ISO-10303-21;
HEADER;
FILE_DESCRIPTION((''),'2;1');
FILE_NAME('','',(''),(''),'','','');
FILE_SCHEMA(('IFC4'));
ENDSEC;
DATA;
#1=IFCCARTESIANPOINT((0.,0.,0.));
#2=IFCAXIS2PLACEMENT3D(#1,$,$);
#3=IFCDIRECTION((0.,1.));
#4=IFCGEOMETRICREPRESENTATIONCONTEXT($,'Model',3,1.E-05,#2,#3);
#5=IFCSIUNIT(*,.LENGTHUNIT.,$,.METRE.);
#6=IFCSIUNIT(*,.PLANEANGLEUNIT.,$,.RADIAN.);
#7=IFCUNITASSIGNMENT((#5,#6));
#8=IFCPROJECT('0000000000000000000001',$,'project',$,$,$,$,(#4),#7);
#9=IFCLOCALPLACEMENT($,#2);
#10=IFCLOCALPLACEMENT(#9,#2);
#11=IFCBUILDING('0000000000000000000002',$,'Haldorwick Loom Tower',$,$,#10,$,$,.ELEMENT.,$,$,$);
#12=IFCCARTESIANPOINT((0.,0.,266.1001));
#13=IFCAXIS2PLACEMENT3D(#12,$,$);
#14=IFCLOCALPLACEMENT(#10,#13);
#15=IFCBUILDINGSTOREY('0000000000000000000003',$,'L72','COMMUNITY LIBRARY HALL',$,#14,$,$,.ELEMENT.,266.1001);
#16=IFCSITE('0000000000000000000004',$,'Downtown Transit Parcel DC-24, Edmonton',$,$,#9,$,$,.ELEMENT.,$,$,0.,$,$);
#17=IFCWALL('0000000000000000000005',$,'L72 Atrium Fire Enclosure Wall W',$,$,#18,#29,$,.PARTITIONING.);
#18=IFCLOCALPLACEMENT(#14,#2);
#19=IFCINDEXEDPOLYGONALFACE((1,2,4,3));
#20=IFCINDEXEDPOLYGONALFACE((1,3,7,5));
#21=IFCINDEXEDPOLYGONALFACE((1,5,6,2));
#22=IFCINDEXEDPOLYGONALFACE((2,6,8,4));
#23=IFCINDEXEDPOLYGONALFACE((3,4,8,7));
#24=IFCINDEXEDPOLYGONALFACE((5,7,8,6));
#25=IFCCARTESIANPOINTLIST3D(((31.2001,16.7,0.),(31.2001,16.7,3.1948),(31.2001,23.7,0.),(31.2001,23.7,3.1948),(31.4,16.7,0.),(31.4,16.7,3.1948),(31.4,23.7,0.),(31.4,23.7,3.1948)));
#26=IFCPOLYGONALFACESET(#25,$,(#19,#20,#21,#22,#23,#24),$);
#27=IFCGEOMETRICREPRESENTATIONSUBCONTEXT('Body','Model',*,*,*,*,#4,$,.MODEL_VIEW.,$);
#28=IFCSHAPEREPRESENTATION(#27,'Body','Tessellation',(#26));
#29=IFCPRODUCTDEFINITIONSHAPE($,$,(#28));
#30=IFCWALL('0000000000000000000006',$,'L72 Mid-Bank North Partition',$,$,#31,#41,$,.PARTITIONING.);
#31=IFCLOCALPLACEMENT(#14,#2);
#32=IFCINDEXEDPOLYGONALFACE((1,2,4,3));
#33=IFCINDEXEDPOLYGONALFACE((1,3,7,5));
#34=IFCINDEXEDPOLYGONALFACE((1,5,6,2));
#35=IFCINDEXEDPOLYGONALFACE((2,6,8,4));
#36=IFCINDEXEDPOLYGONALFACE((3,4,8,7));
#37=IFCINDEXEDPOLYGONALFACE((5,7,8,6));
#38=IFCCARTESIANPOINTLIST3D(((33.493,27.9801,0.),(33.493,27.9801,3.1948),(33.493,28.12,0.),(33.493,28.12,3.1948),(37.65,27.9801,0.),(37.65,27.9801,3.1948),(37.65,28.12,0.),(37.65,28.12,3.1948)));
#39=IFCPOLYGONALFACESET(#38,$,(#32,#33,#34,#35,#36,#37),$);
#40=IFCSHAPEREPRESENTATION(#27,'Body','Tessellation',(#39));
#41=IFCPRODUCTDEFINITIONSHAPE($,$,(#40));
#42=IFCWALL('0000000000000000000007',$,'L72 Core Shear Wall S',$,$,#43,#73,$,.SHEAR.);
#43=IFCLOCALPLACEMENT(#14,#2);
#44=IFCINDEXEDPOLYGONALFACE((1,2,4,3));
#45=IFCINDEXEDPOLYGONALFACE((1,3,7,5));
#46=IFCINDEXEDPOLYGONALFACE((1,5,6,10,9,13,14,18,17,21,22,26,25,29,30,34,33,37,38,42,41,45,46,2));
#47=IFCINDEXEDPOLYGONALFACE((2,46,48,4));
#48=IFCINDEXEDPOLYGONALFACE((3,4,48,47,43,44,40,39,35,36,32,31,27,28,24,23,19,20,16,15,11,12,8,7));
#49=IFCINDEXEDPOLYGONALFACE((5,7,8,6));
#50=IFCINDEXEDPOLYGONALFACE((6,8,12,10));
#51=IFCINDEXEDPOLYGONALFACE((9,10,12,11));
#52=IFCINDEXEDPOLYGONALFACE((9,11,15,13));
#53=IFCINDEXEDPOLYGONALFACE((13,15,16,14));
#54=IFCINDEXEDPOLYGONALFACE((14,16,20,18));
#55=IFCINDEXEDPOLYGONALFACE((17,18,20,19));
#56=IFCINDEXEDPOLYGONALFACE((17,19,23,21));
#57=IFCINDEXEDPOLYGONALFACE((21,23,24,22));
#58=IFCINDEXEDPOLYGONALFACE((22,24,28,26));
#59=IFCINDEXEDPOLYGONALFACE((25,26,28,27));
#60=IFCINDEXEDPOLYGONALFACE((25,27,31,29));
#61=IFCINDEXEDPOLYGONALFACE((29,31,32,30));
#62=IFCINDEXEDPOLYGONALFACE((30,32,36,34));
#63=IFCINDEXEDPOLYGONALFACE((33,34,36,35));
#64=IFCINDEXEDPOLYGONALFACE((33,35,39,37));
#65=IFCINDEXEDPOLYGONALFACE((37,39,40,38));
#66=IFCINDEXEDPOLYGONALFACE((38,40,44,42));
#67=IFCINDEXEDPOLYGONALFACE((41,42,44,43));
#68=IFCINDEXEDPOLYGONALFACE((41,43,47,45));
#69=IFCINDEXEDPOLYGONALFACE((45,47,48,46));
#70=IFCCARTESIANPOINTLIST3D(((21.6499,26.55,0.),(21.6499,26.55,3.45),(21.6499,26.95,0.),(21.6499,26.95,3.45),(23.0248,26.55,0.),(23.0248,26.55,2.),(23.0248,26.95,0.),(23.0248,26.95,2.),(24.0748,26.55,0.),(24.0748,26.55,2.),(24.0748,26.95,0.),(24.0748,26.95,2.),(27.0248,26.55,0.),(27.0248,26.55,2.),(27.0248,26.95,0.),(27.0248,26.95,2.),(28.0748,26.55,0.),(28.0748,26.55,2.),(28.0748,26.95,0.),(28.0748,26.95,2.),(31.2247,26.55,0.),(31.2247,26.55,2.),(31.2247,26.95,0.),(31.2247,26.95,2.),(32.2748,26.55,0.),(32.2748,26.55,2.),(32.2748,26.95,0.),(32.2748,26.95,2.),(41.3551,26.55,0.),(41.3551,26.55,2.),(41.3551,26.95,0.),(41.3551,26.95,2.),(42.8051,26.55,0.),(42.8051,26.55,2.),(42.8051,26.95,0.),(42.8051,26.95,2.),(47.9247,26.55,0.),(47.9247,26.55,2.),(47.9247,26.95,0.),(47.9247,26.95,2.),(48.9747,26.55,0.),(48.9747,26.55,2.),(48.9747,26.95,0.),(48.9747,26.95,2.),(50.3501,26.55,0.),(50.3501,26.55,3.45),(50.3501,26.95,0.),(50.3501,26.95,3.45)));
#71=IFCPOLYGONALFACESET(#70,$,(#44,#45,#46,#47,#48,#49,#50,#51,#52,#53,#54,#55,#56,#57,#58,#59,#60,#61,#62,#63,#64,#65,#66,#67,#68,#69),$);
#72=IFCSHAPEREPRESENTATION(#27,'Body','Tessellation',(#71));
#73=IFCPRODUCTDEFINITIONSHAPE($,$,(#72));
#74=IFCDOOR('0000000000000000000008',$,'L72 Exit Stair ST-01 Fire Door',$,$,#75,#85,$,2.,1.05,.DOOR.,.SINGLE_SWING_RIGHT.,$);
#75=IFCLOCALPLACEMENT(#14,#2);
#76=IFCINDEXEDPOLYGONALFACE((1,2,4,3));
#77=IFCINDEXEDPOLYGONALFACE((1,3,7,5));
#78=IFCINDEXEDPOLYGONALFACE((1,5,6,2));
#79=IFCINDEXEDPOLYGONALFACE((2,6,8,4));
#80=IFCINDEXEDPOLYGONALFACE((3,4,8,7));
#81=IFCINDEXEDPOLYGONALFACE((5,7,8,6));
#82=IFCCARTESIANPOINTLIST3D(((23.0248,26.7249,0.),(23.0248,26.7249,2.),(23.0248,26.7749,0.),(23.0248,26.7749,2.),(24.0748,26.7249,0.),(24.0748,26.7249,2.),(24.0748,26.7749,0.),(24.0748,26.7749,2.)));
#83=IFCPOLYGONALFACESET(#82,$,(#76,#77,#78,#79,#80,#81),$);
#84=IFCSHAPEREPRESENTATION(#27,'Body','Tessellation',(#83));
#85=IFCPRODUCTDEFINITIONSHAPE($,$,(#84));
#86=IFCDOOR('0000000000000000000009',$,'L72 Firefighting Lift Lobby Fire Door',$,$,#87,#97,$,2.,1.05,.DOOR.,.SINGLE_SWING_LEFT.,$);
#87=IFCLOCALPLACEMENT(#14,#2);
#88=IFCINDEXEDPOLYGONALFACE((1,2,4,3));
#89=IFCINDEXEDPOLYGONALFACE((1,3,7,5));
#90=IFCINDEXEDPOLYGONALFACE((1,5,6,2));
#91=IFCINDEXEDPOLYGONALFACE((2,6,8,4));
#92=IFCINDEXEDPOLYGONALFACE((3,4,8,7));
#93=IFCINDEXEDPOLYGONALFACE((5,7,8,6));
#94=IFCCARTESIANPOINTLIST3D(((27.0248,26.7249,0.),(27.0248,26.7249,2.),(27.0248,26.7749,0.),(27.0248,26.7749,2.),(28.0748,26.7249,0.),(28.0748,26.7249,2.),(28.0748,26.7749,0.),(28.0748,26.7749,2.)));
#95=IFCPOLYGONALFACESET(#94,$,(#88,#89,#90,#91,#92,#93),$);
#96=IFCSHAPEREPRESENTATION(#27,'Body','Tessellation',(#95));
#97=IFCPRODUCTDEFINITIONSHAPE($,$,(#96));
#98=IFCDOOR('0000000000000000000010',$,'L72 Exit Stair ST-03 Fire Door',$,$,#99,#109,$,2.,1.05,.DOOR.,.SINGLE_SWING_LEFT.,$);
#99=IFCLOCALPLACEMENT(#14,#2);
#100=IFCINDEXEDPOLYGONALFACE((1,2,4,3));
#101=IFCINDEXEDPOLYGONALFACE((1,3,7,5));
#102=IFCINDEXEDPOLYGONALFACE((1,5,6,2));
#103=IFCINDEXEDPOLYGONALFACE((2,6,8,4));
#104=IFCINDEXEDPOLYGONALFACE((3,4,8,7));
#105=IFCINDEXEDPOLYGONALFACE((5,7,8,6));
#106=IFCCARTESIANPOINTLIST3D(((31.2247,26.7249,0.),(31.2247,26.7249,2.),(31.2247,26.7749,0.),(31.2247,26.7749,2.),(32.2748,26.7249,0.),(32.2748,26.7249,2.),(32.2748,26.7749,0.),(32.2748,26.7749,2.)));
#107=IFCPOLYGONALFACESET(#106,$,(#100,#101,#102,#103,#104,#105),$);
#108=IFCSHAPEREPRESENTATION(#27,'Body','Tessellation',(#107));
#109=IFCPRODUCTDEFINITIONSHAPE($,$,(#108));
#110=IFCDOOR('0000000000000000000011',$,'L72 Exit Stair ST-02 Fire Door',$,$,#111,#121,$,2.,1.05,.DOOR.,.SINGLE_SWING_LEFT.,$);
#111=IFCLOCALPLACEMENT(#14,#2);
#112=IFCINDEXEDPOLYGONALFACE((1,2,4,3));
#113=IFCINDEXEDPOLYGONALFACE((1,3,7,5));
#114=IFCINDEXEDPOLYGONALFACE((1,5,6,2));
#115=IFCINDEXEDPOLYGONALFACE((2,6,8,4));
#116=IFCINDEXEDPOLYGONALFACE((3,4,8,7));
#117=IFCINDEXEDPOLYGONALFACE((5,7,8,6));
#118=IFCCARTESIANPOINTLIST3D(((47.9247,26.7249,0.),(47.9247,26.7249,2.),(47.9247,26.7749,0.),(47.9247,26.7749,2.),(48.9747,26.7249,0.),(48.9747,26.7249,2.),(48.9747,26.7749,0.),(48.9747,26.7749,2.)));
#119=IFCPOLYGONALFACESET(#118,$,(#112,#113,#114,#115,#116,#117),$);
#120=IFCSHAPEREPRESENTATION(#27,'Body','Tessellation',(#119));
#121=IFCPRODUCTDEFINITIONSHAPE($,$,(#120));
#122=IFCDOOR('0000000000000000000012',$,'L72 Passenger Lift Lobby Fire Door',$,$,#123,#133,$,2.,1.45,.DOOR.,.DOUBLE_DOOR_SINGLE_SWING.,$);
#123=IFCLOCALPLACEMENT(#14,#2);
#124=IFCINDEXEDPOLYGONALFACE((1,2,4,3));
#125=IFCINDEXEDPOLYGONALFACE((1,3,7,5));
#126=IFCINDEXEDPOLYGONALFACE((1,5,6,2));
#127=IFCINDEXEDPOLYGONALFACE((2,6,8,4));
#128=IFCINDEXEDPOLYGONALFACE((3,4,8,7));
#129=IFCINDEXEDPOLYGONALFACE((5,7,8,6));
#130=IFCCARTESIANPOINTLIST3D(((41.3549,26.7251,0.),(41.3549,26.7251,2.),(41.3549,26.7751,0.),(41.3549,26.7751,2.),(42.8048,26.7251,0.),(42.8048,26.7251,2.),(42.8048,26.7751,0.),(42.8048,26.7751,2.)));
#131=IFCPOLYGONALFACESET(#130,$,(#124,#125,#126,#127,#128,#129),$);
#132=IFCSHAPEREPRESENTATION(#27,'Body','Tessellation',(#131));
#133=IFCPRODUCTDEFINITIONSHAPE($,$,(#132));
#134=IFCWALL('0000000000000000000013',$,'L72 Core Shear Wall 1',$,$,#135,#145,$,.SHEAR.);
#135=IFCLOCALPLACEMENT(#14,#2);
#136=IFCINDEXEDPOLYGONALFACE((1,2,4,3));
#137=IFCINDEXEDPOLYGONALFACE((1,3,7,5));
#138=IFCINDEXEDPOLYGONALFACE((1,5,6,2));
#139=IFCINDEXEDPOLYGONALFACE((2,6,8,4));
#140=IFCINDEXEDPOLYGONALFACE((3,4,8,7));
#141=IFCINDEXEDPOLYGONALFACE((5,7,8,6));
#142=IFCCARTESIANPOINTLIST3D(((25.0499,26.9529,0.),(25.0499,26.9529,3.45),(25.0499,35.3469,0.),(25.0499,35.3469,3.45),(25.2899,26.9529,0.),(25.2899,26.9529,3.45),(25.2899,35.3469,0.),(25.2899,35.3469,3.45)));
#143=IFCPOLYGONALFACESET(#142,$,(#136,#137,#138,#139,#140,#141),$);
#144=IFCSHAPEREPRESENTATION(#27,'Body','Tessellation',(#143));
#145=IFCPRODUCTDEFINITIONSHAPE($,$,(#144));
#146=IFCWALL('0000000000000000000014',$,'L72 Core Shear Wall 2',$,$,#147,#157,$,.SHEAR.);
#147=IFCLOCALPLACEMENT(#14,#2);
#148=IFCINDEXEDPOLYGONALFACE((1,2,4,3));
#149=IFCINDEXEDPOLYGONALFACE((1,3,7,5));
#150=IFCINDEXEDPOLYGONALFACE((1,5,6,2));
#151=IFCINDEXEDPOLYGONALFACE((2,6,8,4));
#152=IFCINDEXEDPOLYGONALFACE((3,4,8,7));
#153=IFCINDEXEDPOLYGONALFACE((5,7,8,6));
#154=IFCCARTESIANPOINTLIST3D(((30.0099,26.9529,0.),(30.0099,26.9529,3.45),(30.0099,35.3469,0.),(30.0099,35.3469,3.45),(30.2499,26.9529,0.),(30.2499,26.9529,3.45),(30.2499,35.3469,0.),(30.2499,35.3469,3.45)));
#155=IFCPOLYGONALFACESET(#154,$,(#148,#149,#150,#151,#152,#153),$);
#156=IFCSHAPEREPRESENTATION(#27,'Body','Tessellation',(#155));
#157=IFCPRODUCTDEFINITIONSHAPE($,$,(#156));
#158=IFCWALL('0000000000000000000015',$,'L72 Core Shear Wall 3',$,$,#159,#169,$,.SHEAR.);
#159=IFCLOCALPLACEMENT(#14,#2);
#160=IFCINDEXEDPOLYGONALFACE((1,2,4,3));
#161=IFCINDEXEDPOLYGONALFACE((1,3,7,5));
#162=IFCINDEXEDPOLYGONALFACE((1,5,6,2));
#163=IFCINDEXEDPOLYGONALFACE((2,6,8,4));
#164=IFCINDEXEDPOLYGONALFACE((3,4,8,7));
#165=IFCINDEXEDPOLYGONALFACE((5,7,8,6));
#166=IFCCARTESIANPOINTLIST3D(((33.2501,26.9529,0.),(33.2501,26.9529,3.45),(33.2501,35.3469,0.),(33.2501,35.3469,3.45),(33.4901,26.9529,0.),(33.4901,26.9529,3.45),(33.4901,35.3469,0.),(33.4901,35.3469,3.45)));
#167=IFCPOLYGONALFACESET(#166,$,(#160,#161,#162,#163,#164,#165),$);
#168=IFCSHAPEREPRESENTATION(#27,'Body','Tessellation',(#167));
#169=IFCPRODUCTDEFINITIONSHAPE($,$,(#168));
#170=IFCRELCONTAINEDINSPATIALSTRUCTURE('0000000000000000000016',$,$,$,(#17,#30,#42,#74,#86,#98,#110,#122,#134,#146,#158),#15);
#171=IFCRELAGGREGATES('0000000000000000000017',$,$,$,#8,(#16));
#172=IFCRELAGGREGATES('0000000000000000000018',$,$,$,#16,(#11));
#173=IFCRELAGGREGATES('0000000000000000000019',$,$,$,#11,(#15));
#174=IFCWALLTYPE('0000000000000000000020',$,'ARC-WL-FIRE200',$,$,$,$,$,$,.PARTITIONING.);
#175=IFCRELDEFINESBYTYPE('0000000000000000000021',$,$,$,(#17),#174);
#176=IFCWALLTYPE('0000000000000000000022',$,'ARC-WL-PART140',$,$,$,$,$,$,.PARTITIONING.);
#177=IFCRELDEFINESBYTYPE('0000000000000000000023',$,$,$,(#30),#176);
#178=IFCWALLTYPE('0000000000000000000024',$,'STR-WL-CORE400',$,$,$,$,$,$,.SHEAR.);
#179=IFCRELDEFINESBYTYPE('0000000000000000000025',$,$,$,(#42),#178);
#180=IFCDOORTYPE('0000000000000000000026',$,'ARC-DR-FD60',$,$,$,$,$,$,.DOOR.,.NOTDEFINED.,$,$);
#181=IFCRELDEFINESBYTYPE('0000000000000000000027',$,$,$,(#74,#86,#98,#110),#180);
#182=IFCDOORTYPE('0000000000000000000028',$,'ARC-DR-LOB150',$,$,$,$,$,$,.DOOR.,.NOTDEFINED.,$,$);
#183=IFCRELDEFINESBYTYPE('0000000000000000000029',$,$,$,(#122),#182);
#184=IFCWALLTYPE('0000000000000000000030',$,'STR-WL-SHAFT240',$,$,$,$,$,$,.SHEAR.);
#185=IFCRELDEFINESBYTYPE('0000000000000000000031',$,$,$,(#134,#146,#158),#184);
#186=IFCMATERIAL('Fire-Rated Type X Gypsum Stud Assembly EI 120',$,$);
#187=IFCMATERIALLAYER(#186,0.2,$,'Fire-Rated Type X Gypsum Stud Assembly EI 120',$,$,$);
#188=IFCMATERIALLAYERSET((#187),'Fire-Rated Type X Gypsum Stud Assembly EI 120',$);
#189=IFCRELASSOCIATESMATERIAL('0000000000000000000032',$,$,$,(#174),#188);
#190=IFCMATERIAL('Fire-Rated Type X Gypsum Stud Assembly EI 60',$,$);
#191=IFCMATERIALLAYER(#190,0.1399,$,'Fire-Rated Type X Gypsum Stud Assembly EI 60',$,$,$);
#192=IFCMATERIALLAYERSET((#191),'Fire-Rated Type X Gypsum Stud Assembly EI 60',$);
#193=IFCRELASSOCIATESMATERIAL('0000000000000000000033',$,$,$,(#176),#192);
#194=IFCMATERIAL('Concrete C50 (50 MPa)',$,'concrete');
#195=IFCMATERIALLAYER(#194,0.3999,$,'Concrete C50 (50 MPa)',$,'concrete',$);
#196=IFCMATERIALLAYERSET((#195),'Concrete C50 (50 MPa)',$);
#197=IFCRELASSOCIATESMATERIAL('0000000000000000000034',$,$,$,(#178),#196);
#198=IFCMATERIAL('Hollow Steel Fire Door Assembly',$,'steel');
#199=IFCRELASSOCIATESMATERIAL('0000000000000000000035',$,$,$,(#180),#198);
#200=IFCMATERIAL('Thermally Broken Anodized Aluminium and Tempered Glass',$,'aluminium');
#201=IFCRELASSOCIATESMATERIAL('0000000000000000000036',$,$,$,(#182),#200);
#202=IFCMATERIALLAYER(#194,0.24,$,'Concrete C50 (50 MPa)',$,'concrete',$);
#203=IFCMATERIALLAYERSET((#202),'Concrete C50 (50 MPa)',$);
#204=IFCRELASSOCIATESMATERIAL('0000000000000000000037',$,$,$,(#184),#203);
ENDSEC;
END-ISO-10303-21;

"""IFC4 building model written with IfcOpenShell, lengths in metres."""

from ifc_helpers import new_model, si_unit, direction, frame, frame_2d, origin, place, context, subcontext, project, spatial, rectangle, extrude, material, layer, layer_set, type_object, element, fill, save


model = new_model("IFC4")

# Units and contexts
model_context = context("Model", 3, precision=1e-05, world=origin(), true_north=direction((0.0, 1.0)))
body_context = subcontext(model_context, "Body", "Model", "MODEL_VIEW")
ifc_project = project(units=[si_unit("LENGTHUNIT", "METRE"), si_unit("PLANEANGLEUNIT", "RADIAN")], contexts=[model_context])

# Site, building, storey
site_placement = place(None, origin())
site = spatial("IfcSite", under=ifc_project, at=site_placement, Name="Downtown Transit Parcel DC-24, Edmonton", CompositionType="ELEMENT", RefElevation=0.0)
building_placement = place(site_placement, origin())
building = spatial("IfcBuilding", under=site, at=building_placement, Name="Haldorwick Loom Tower", CompositionType="ELEMENT")
storey_placement = place(building_placement, frame((0.0, 0.0, 266.1001)))
storey = spatial("IfcBuildingStorey", under=building, at=storey_placement, Name="L72", Description="COMMUNITY LIBRARY HALL", CompositionType="ELEMENT", Elevation=266.1001)

# Shared definitions
ifc_material_1 = material(Name="Concrete C50 (50 MPa)", Category="concrete")

# Walls
ifc_material_2 = material(Name="Fire-Rated Type X Gypsum Stud Assembly EI 60")
ifc_material_3 = material(Name="Fire-Rated Type X Gypsum Stud Assembly EI 120")
ifc_layer_1 = layer(ifc_material_3, 0.2, Name="Fire-Rated Type X Gypsum Stud Assembly EI 120")
ifc_layer_set_1 = layer_set([ifc_layer_1], Name="Fire-Rated Type X Gypsum Stud Assembly EI 120")
wall_type_1 = type_object("IfcWallType", Name="ARC-WL-FIRE200", PredefinedType="PARTITIONING", material=ifc_layer_set_1)
wall_1_placement = place(storey_placement, frame((31.3, 16.7, 0.0), z_axis=(0.0, 0.0, 1.0), x_axis=(0.0, 1.0, 0.0)))
element("IfcWall", 1, at=wall_1_placement, inside=storey, type_object=wall_type_1, Name="L72 Atrium Fire Enclosure Wall W", PredefinedType="PARTITIONING", context=body_context, shape_type="SweptSolid", body=[
    extrude(rectangle(XDim=7.0, YDim=0.2, at=frame_2d((3.5, 0.0))), origin(), (0.0, 0.0, 1.0), 3.1948),
])
ifc_layer_2 = layer(ifc_material_2, 0.1399, Name="Fire-Rated Type X Gypsum Stud Assembly EI 60")
ifc_layer_set_2 = layer_set([ifc_layer_2], Name="Fire-Rated Type X Gypsum Stud Assembly EI 60")
wall_type_2 = type_object("IfcWallType", Name="ARC-WL-PART140", PredefinedType="PARTITIONING", material=ifc_layer_set_2)
wall_2_placement = place(storey_placement, frame((33.4929, 28.05, 0.0), z_axis=(0.0, 0.0, 1.0), x_axis=(1.0, 0.0, 0.0)))
element("IfcWall", 2, at=wall_2_placement, inside=storey, type_object=wall_type_2, Name="L72 Mid-Bank North Partition", PredefinedType="PARTITIONING", context=body_context, shape_type="SweptSolid", body=[
    extrude(rectangle(XDim=4.157, YDim=0.1399, at=frame_2d((2.0786, 0.0))), origin(), (0.0, 0.0, 1.0), 3.1948),
])

# Wall, openings, doors
ifc_layer_3 = layer(ifc_material_1, 0.3999, Name="Concrete C50 (50 MPa)", Category="concrete")
ifc_layer_set_3 = layer_set([ifc_layer_3], Name="Concrete C50 (50 MPa)")
wall_type_3 = type_object("IfcWallType", Name="STR-WL-CORE400", PredefinedType="SHEAR", material=ifc_layer_set_3)
wall_3_placement = place(storey_placement, frame((21.6499, 26.75, 0.0), z_axis=(0.0, 0.0, 1.0), x_axis=(1.0, 0.0, 0.0)))
wall_3 = element("IfcWall", 3, at=wall_3_placement, inside=storey, type_object=wall_type_3, Name="L72 Core Shear Wall S", PredefinedType="SHEAR", context=body_context, shape_type="SweptSolid", body=[
    extrude(rectangle(XDim=28.7002, YDim=0.3999, at=frame_2d((14.3501, 0.0))), origin(), (0.0, 0.0, 1.0), 3.45),
])
opening_1_placement = place(wall_3_placement, frame((1.375, 0.0, 0.0)))
opening_1 = element("IfcOpeningElement", 4, at=opening_1_placement, cuts=wall_3, PredefinedType="OPENING", context=body_context, shape_type="SweptSolid", body=[
    extrude(rectangle(XDim=1.05, YDim=2.0, at=frame_2d((0.5249, 1.0))), frame((0.0, 0.21, 0.0), z_axis=(0.0, -1.0, 0.0), x_axis=(1.0, 0.0, 0.0)), (0.0, 0.0, 1.0), 0.4199),
])
opening_2_placement = place(wall_3_placement, frame((5.375, 0.0, 0.0)))
opening_2 = element("IfcOpeningElement", 5, at=opening_2_placement, cuts=wall_3, PredefinedType="OPENING", context=body_context, shape_type="SweptSolid", body=[
    extrude(rectangle(XDim=1.05, YDim=2.0, at=frame_2d((0.5249, 1.0))), frame((0.0, 0.21, 0.0), z_axis=(0.0, -1.0, 0.0), x_axis=(1.0, 0.0, 0.0)), (0.0, 0.0, 1.0), 0.4199),
])
opening_3_placement = place(wall_3_placement, frame((9.575, 0.0, 0.0)))
opening_3 = element("IfcOpeningElement", 6, at=opening_3_placement, cuts=wall_3, PredefinedType="OPENING", context=body_context, shape_type="SweptSolid", body=[
    extrude(rectangle(XDim=1.05, YDim=2.0, at=frame_2d((0.5249, 1.0))), frame((0.0, 0.21, 0.0), z_axis=(0.0, -1.0, 0.0), x_axis=(1.0, 0.0, 0.0)), (0.0, 0.0, 1.0), 0.4199),
])
opening_4_placement = place(wall_3_placement, frame((19.7051, 0.0, 0.0)))
opening_4 = element("IfcOpeningElement", 7, at=opening_4_placement, cuts=wall_3, PredefinedType="OPENING", context=body_context, shape_type="SweptSolid", body=[
    extrude(rectangle(XDim=1.45, YDim=2.0, at=frame_2d((0.7251, 1.0))), frame((0.0, 0.21, 0.0), z_axis=(0.0, -1.0, 0.0), x_axis=(1.0, 0.0, 0.0)), (0.0, 0.0, 1.0), 0.4199),
])
opening_5_placement = place(wall_3_placement, frame((26.2749, 0.0, 0.0)))
opening_5 = element("IfcOpeningElement", 8, at=opening_5_placement, cuts=wall_3, PredefinedType="OPENING", context=body_context, shape_type="SweptSolid", body=[
    extrude(rectangle(XDim=1.05, YDim=2.0, at=frame_2d((0.5249, 1.0))), frame((0.0, 0.21, 0.0), z_axis=(0.0, -1.0, 0.0), x_axis=(1.0, 0.0, 0.0)), (0.0, 0.0, 1.0), 0.4199),
])
ifc_material_4 = material(Name="Hollow Steel Fire Door Assembly", Category="steel")
door_type_1 = type_object("IfcDoorType", Name="ARC-DR-FD60", OperationType="NOTDEFINED", PredefinedType="DOOR", material=ifc_material_4)
door_1_placement = place(opening_1_placement, origin())
door_1 = element("IfcDoor", 9, at=door_1_placement, inside=storey, type_object=door_type_1, Name="L72 Exit Stair ST-01 Fire Door", OperationType="SINGLE_SWING_RIGHT", OverallHeight=2.0, OverallWidth=1.05, PredefinedType="DOOR", context=body_context, shape_type="SweptSolid", body=[
    extrude(rectangle(XDim=1.05, YDim=2.0, at=frame_2d((0.5249, 1.0))), frame((0.0, 0.0249, 0.0), z_axis=(0.0, -1.0, 0.0), x_axis=(1.0, 0.0, 0.0)), (0.0, 0.0, 1.0), 0.05),
])
fill(opening_1, door_1)
door_2_placement = place(opening_2_placement, origin())
door_2 = element("IfcDoor", 10, at=door_2_placement, inside=storey, type_object=door_type_1, Name="L72 Firefighting Lift Lobby Fire Door", OperationType="SINGLE_SWING_LEFT", OverallHeight=2.0, OverallWidth=1.05, PredefinedType="DOOR", context=body_context, shape_type="SweptSolid", body=[
    extrude(rectangle(XDim=1.05, YDim=2.0, at=frame_2d((0.5249, 1.0))), frame((0.0, 0.0249, 0.0), z_axis=(0.0, -1.0, 0.0), x_axis=(1.0, 0.0, 0.0)), (0.0, 0.0, 1.0), 0.05),
])
fill(opening_2, door_2)
door_3_placement = place(opening_3_placement, origin())
door_3 = element("IfcDoor", 11, at=door_3_placement, inside=storey, type_object=door_type_1, Name="L72 Exit Stair ST-03 Fire Door", OperationType="SINGLE_SWING_LEFT", OverallHeight=2.0, OverallWidth=1.05, PredefinedType="DOOR", context=body_context, shape_type="SweptSolid", body=[
    extrude(rectangle(XDim=1.05, YDim=2.0, at=frame_2d((0.5249, 1.0))), frame((0.0, 0.0249, 0.0), z_axis=(0.0, -1.0, 0.0), x_axis=(1.0, 0.0, 0.0)), (0.0, 0.0, 1.0), 0.05),
])
fill(opening_3, door_3)
door_4_placement = place(opening_5_placement, origin())
door_4 = element("IfcDoor", 12, at=door_4_placement, inside=storey, type_object=door_type_1, Name="L72 Exit Stair ST-02 Fire Door", OperationType="SINGLE_SWING_LEFT", OverallHeight=2.0, OverallWidth=1.05, PredefinedType="DOOR", context=body_context, shape_type="SweptSolid", body=[
    extrude(rectangle(XDim=1.05, YDim=2.0, at=frame_2d((0.5249, 1.0))), frame((0.0, 0.0249, 0.0), z_axis=(0.0, -1.0, 0.0), x_axis=(1.0, 0.0, 0.0)), (0.0, 0.0, 1.0), 0.05),
])
fill(opening_5, door_4)
ifc_material_5 = material(Name="Thermally Broken Anodized Aluminium and Tempered Glass", Category="aluminium")
door_type_2 = type_object("IfcDoorType", Name="ARC-DR-LOB150", OperationType="NOTDEFINED", PredefinedType="DOOR", material=ifc_material_5)
door_5_placement = place(opening_4_placement, frame((1.45, 0.0, 0.0), z_axis=(0.0, 0.0, 1.0), x_axis=(-1.0, 0.0, 0.0)))
door_5 = element("IfcDoor", 13, at=door_5_placement, inside=storey, type_object=door_type_2, Name="L72 Passenger Lift Lobby Fire Door", OperationType="DOUBLE_DOOR_SINGLE_SWING", OverallHeight=2.0, OverallWidth=1.45, PredefinedType="DOOR", context=body_context, shape_type="SweptSolid", body=[
    extrude(rectangle(XDim=1.45, YDim=2.0, at=frame_2d((0.7251, 1.0))), frame((0.0, 0.0249, 0.0), z_axis=(0.0, -1.0, 0.0), x_axis=(1.0, 0.0, 0.0)), (0.0, 0.0, 1.0), 0.05),
])
fill(opening_4, door_5)

# Walls
ifc_layer_4 = layer(ifc_material_1, 0.24, Name="Concrete C50 (50 MPa)", Category="concrete")
ifc_layer_set_4 = layer_set([ifc_layer_4], Name="Concrete C50 (50 MPa)")
wall_type_4 = type_object("IfcWallType", Name="STR-WL-SHAFT240", PredefinedType="SHEAR", material=ifc_layer_set_4)
for number, where, z_axis, x_axis, name in (
    (14, (25.1699, 26.9529, 0.0), (0.0, 0.0, 1.0), (0.0, 1.0, 0.0), "L72 Core Shear Wall 1"),
    (15, (30.1299, 26.9529, 0.0), (0.0, 0.0, 1.0), (0.0, 1.0, 0.0), "L72 Core Shear Wall 2"),
    (16, (33.3701, 26.9529, 0.0), (0.0, 0.0, 1.0), (0.0, 1.0, 0.0), "L72 Core Shear Wall 3"),
):
    element("IfcWall", number, at=place(storey_placement, frame(where, z_axis=z_axis, x_axis=x_axis)), inside=storey, type_object=wall_type_4, Name=name, PredefinedType="SHEAR", context=body_context, shape_type="SweptSolid", body=[
        extrude(rectangle(XDim=8.394, YDim=0.24, at=frame_2d((4.197, 0.0))), origin(), (0.0, 0.0, 1.0), 3.45),
    ])

save(model, "model.ifc")
